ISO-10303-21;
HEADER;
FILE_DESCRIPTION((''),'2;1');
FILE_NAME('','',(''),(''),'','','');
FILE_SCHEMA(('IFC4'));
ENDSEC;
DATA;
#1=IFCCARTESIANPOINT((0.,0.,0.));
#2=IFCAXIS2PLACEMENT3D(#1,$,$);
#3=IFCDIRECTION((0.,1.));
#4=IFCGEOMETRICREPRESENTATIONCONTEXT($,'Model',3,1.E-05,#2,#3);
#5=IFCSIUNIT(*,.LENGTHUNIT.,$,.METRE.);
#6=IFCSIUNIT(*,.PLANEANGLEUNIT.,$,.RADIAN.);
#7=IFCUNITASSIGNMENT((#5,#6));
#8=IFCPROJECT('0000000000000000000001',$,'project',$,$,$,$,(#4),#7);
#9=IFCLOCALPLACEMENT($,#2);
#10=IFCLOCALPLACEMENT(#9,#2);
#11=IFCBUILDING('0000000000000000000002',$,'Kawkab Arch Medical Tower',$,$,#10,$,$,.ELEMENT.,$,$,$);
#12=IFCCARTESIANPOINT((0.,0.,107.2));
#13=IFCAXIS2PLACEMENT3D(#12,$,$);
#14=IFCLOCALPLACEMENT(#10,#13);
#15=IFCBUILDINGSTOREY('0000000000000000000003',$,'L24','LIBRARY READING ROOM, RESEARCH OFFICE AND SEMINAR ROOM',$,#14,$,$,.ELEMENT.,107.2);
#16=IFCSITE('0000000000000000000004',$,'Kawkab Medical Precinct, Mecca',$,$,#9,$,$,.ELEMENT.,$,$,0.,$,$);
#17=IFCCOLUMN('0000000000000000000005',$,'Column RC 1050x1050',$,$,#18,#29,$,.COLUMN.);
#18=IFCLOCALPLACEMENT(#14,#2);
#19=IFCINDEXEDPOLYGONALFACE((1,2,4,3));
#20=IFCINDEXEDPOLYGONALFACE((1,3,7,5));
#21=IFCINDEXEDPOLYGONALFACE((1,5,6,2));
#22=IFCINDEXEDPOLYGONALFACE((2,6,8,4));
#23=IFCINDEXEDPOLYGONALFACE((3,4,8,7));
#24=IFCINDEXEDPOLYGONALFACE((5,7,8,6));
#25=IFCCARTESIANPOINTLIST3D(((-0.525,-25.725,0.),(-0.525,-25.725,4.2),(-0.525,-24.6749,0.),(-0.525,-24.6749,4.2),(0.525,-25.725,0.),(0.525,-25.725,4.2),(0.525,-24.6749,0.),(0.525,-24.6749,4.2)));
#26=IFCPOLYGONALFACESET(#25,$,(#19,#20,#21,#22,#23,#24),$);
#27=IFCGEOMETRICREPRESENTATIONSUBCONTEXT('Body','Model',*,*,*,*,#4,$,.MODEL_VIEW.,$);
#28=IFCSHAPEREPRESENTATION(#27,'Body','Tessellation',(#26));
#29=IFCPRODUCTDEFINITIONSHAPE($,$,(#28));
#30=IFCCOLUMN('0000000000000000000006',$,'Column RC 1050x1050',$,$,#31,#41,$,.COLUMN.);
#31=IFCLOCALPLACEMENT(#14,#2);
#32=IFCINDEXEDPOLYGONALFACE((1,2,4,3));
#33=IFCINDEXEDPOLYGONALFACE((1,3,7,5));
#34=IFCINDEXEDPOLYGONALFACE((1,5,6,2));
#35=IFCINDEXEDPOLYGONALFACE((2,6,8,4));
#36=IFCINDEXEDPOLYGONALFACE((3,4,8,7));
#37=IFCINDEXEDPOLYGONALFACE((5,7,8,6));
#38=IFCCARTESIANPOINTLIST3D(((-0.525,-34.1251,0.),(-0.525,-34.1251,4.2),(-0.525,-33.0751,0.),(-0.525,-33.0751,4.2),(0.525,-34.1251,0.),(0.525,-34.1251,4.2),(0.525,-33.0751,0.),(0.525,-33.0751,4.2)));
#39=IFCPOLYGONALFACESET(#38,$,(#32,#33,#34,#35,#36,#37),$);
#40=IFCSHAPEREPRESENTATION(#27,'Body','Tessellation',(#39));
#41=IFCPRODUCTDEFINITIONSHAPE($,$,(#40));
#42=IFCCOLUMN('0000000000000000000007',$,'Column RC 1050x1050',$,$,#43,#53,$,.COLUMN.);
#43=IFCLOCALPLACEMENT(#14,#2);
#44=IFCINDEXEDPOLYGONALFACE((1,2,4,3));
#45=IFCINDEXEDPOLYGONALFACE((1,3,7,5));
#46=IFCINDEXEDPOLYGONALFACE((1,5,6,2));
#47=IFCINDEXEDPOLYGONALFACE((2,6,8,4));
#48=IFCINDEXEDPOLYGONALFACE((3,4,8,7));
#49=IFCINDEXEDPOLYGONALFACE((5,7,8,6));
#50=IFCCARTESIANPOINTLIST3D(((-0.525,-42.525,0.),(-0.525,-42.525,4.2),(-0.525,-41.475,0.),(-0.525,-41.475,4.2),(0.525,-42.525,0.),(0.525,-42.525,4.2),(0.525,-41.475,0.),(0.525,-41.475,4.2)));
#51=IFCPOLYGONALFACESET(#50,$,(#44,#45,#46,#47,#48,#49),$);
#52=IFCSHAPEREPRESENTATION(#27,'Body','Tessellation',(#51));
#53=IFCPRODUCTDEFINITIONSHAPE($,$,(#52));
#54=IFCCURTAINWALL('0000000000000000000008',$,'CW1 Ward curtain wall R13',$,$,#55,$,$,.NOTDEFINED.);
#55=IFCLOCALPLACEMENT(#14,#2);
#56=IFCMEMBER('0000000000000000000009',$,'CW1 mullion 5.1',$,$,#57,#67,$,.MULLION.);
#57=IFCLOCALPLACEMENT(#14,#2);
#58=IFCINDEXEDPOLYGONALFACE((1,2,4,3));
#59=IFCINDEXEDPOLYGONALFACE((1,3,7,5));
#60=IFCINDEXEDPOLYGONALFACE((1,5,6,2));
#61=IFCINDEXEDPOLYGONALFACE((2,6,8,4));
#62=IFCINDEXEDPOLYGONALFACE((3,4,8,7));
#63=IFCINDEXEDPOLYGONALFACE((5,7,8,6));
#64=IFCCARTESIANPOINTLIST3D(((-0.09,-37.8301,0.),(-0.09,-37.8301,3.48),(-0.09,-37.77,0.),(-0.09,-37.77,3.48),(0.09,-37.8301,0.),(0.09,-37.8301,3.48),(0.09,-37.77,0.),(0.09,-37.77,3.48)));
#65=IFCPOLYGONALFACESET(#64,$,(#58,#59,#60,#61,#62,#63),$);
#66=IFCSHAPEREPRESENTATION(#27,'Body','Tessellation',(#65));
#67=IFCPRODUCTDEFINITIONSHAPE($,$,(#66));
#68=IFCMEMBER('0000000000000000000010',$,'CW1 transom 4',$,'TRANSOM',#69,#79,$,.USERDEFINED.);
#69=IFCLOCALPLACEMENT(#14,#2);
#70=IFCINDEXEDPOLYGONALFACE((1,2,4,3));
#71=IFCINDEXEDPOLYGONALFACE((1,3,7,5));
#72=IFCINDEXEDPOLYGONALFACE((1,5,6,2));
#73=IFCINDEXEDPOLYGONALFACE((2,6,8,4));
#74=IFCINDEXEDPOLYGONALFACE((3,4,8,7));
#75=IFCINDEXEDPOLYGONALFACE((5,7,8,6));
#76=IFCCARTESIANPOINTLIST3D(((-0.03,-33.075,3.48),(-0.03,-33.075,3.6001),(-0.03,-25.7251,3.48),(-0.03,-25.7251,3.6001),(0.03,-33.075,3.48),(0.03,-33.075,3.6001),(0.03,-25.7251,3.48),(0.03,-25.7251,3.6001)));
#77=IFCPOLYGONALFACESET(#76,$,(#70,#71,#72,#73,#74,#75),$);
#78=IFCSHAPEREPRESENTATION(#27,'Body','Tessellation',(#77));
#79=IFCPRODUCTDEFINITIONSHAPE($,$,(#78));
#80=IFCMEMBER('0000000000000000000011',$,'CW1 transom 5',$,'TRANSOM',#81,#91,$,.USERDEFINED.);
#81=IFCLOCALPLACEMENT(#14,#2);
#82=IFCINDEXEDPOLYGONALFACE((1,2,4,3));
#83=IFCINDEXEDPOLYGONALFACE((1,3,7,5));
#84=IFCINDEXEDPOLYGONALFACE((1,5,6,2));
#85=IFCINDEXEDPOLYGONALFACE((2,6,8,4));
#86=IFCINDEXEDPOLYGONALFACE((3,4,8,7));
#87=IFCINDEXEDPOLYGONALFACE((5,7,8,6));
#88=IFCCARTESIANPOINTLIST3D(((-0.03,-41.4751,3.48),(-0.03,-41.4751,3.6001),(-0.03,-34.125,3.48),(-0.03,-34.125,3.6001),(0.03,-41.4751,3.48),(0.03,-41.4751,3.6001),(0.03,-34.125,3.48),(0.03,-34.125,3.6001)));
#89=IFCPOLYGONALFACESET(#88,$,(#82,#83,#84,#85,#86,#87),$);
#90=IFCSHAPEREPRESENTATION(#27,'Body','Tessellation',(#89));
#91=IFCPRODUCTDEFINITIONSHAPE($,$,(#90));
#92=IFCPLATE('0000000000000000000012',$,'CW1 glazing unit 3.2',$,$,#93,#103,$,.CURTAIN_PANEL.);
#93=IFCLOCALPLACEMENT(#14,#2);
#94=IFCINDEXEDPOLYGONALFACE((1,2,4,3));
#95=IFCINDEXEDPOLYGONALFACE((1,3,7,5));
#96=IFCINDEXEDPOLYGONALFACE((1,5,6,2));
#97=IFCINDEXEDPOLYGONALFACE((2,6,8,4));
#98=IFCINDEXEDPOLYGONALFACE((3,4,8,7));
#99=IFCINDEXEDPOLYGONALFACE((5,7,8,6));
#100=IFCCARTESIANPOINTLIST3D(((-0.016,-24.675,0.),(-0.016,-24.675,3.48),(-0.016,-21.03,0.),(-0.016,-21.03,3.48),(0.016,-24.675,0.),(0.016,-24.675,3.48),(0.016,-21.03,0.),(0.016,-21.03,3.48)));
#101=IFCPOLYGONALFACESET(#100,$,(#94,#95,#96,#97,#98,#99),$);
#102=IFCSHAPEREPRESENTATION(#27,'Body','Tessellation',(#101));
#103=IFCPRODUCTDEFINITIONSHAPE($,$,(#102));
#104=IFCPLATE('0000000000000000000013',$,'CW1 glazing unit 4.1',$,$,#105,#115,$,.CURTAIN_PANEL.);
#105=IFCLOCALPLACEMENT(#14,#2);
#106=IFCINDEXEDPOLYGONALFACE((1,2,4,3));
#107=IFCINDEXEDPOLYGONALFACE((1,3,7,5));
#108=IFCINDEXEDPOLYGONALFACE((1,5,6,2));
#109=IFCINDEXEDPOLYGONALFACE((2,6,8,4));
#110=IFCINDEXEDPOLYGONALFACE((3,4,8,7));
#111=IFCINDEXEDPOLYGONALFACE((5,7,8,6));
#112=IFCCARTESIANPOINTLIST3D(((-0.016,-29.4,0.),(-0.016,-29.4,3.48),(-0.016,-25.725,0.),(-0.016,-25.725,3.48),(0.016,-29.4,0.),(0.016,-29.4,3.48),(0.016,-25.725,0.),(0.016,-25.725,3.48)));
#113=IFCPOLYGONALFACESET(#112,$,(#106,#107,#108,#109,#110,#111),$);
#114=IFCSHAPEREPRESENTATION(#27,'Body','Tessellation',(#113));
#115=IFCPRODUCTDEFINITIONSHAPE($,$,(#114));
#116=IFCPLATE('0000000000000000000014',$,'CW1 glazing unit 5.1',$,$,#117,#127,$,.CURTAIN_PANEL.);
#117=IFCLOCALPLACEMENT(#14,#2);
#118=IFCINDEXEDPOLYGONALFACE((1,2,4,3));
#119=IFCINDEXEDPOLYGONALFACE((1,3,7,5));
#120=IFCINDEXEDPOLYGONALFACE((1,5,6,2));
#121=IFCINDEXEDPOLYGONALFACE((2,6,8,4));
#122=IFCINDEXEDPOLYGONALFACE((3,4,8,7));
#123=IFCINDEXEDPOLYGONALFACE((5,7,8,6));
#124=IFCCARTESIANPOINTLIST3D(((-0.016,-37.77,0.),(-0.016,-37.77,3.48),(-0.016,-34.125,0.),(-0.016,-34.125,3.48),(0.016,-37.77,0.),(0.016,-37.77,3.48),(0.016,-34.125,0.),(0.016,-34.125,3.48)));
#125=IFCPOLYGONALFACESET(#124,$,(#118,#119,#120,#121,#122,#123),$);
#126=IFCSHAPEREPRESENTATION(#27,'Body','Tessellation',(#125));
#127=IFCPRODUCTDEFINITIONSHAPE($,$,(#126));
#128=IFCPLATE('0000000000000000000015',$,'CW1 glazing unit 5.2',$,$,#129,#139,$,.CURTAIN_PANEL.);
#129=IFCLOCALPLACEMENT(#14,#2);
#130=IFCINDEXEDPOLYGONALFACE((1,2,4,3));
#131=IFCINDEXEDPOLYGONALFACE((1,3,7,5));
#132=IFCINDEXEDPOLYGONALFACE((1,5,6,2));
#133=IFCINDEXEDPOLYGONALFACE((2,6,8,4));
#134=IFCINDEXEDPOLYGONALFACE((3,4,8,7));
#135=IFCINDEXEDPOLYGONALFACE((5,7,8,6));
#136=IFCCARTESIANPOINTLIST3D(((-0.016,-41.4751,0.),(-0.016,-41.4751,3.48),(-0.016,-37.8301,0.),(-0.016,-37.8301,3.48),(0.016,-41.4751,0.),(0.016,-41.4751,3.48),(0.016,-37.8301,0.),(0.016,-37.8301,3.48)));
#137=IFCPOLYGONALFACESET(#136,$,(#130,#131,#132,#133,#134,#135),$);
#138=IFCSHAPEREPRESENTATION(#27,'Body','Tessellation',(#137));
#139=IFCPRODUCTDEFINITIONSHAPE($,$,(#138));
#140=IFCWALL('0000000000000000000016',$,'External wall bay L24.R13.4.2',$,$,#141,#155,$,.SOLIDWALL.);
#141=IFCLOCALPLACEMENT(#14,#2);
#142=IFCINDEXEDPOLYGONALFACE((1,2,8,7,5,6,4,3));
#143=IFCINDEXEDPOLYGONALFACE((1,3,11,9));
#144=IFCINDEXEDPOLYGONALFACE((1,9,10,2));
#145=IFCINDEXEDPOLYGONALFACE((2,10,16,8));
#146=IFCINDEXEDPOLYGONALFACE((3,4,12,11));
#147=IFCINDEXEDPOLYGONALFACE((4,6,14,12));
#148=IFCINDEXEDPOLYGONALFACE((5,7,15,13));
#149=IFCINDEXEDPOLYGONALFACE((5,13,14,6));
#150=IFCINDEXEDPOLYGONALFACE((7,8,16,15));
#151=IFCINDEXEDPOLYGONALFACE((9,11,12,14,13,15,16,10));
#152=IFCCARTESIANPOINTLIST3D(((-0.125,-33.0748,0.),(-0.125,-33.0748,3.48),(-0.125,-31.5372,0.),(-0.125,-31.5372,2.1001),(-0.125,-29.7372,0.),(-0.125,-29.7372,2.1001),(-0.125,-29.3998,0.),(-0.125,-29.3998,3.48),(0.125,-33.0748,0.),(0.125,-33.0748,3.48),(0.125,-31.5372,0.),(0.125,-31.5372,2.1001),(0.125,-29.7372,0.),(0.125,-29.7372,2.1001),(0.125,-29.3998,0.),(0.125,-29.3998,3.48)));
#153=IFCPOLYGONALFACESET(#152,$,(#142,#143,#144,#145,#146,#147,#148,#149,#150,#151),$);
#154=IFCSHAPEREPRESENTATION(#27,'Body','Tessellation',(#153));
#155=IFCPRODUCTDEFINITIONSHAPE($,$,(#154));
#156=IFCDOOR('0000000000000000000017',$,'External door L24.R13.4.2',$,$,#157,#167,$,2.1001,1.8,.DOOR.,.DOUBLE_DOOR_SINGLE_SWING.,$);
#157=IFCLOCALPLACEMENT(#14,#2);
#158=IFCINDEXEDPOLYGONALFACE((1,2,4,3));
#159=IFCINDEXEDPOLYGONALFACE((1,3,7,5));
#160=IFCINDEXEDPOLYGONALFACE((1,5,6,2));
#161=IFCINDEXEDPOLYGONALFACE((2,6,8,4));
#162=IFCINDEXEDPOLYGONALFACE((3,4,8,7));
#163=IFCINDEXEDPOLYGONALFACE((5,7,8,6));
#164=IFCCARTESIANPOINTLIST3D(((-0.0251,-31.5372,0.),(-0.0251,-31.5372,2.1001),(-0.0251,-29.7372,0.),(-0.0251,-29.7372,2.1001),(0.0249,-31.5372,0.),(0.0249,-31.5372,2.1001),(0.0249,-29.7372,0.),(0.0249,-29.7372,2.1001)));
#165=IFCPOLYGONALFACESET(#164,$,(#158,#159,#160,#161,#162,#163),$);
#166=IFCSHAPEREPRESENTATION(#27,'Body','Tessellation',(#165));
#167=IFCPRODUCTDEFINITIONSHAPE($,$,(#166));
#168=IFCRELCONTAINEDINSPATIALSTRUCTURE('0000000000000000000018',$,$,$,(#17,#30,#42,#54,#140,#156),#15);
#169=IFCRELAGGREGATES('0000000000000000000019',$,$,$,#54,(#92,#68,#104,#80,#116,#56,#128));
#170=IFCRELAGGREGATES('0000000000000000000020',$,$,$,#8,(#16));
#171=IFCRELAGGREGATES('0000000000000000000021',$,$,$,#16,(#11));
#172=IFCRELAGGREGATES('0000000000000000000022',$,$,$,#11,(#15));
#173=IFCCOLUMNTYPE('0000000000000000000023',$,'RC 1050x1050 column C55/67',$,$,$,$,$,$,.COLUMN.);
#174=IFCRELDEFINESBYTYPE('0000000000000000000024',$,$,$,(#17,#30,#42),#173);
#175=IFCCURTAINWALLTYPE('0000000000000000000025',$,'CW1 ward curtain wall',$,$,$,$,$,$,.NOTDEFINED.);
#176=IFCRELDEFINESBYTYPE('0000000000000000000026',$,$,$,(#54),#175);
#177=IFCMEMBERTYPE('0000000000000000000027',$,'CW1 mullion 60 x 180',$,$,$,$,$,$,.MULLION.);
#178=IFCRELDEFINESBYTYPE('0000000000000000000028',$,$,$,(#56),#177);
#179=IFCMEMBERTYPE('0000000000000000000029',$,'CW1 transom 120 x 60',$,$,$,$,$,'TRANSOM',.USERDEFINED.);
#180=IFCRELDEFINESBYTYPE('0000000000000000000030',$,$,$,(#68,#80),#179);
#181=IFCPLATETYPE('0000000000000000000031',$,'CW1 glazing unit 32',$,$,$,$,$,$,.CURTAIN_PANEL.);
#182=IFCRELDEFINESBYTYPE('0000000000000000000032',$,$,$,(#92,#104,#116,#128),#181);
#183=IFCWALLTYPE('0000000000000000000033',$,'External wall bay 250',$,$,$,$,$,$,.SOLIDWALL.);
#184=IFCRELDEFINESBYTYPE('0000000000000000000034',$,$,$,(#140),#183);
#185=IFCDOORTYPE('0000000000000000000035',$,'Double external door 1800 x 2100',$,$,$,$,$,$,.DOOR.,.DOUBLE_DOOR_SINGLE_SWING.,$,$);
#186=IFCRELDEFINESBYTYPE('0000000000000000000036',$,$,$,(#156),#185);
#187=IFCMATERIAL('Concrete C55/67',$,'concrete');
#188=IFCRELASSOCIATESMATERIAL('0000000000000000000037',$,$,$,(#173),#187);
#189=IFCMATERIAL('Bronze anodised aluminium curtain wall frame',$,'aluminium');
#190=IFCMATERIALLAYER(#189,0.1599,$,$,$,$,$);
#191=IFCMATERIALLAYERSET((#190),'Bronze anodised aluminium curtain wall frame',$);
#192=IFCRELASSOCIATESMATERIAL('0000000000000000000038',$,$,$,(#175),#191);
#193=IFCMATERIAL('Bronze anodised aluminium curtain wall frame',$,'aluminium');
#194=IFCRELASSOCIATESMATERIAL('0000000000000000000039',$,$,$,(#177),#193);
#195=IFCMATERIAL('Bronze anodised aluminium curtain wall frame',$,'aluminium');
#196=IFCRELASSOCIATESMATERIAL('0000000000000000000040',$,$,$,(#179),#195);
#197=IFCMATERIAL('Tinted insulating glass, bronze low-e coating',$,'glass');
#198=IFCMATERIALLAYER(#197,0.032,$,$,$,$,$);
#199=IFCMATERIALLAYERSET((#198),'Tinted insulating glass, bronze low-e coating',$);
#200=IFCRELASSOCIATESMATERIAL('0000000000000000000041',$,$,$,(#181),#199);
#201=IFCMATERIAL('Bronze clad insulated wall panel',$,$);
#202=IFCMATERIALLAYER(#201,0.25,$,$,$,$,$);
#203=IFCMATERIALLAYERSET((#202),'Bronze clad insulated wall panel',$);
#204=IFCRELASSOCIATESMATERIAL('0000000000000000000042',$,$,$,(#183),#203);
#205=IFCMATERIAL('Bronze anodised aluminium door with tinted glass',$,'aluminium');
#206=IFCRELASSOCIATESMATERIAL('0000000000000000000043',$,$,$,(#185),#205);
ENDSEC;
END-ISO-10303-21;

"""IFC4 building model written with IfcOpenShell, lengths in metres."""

from ifc_helpers import new_model, si_unit, direction, frame, frame_2d, origin, origin_2d, place, context, subcontext, project, spatial, rectangle, extrude, material, layer, layer_set, material_profile, profile_set, type_object, element, fill, aggregate, save


model = new_model("IFC4")

# Units and contexts
model_context = context("Model", 3, precision=1e-05, world=origin(), true_north=direction((0.0, 1.0)))
body_context = subcontext(model_context, "Body", "Model", "MODEL_VIEW")
ifc_project = project(units=[si_unit("LENGTHUNIT", "METRE"), si_unit("PLANEANGLEUNIT", "RADIAN")], contexts=[model_context])

# Site, building, storey
site_placement = place(None, origin())
site = spatial("IfcSite", under=ifc_project, at=site_placement, Name="Kawkab Medical Precinct, Mecca", CompositionType="ELEMENT", RefElevation=0.0)
building_placement = place(site_placement, origin())
building = spatial("IfcBuilding", under=site, at=building_placement, Name="Kawkab Arch Medical Tower", CompositionType="ELEMENT")
storey_placement = place(building_placement, frame((0.0, 0.0, 107.2)))
storey = spatial("IfcBuildingStorey", under=building, at=storey_placement, Name="L24", Description="LIBRARY READING ROOM, RESEARCH OFFICE AND SEMINAR ROOM", CompositionType="ELEMENT", Elevation=107.2)

# Columns
ifc_material_1 = material(Name="Concrete C55/67", Category="concrete")
ifc_material_profile_1 = material_profile(ifc_material_1, rectangle(XDim=1.05, YDim=1.05, at=origin_2d()), Name="RC 1050x1050")
ifc_profile_set_1 = profile_set([ifc_material_profile_1], Name="Concrete C55/67")
column_type = type_object("IfcColumnType", Name="RC 1050x1050 column C55/67", PredefinedType="COLUMN", material=ifc_profile_set_1)
for number, where, z_axis, x_axis, name in (
    (1, (0.0, -25.2, 0.0), (0.0, 0.0, 1.0), (1.0, 0.0, 0.0), "Column RC 1050x1050"),
    (2, (0.0, -33.6001, 0.0), (0.0, 0.0, 1.0), (1.0, 0.0, 0.0), "Column RC 1050x1050"),
    (3, (0.0, -42.0, 0.0), (0.0, 0.0, 1.0), (1.0, 0.0, 0.0), "Column RC 1050x1050"),
):
    element("IfcColumn", number, at=place(storey_placement, frame(where, z_axis=z_axis, x_axis=x_axis)), inside=storey, type_object=column_type, Name=name, PredefinedType="COLUMN", context=body_context, shape_type="SweptSolid", body=[
        extrude(rectangle(XDim=1.05, YDim=1.05, at=origin_2d()), origin(), (0.0, 0.0, 1.0), 4.2),
    ])

# Curtain wall, members, plates
ifc_material_2 = material(Name="Bronze anodised aluminium curtain wall frame", Category="aluminium")
ifc_layer_1 = layer(ifc_material_2, 0.1599)
ifc_layer_set_1 = layer_set([ifc_layer_1], Name="Bronze anodised aluminium curtain wall frame")
curtain_wall_type = type_object("IfcCurtainWallType", Name="CW1 ward curtain wall", PredefinedType="NOTDEFINED", material=ifc_layer_set_1)
placement = place(storey_placement, origin())
curtain_wall = element("IfcCurtainWall", 4, at=placement, inside=storey, type_object=curtain_wall_type, Name="CW1 Ward curtain wall R13", PredefinedType="NOTDEFINED")
ifc_material_3 = material(Name="Bronze anodised aluminium curtain wall frame", Category="aluminium")
ifc_material_profile_2 = material_profile(ifc_material_3, rectangle(XDim=0.1799, YDim=0.0601, at=origin_2d()), Name="AL 60x180")
ifc_profile_set_2 = profile_set([ifc_material_profile_2], Name="Bronze anodised aluminium curtain wall frame")
member_type_1 = type_object("IfcMemberType", Name="CW1 mullion 60 x 180", PredefinedType="MULLION", material=ifc_profile_set_2)
member_1_placement = place(storey_placement, frame((0.0, -37.8, 0.0), z_axis=(0.0, 0.0, 1.0), x_axis=(1.0, 0.0, 0.0)))
member_1 = element("IfcMember", 5, at=member_1_placement, type_object=member_type_1, Name="CW1 mullion 5.1", PredefinedType="MULLION", context=body_context, shape_type="SweptSolid", body=[
    extrude(rectangle(XDim=0.1799, YDim=0.0601, at=origin_2d()), origin(), (0.0, 0.0, 1.0), 3.48),
])
ifc_material_4 = material(Name="Bronze anodised aluminium curtain wall frame", Category="aluminium")
ifc_material_profile_3 = material_profile(ifc_material_4, rectangle(XDim=0.0601, YDim=0.1201, at=origin_2d()), Name="AL 60x120")
ifc_profile_set_3 = profile_set([ifc_material_profile_3], Name="Bronze anodised aluminium curtain wall frame")
member_type_2 = type_object("IfcMemberType", Name="CW1 transom 120 x 60", ElementType="TRANSOM", PredefinedType="USERDEFINED", material=ifc_profile_set_3)
member_2_placement = place(storey_placement, frame((0.0, -25.7251, 3.54), z_axis=(0.0, -1.0, 0.0), x_axis=(1.0, 0.0, 0.0)))
member_2 = element("IfcMember", 6, at=member_2_placement, type_object=member_type_2, Name="CW1 transom 4", ObjectType="TRANSOM", PredefinedType="USERDEFINED", context=body_context, shape_type="SweptSolid", body=[
    extrude(rectangle(XDim=0.0601, YDim=0.1201, at=origin_2d()), origin(), (0.0, 0.0, 1.0), 7.3499),
])
member_3_placement = place(storey_placement, frame((0.0, -34.125, 3.54), z_axis=(0.0, -1.0, 0.0), x_axis=(1.0, 0.0, 0.0)))
member_3 = element("IfcMember", 7, at=member_3_placement, type_object=member_type_2, Name="CW1 transom 5", ObjectType="TRANSOM", PredefinedType="USERDEFINED", context=body_context, shape_type="SweptSolid", body=[
    extrude(rectangle(XDim=0.0601, YDim=0.1201, at=origin_2d()), origin(), (0.0, 0.0, 1.0), 7.3501),
])
ifc_material_5 = material(Name="Tinted insulating glass, bronze low-e coating", Category="glass")
ifc_layer_2 = layer(ifc_material_5, 0.032)
ifc_layer_set_2 = layer_set([ifc_layer_2], Name="Tinted insulating glass, bronze low-e coating")
plate_type = type_object("IfcPlateType", Name="CW1 glazing unit 32", PredefinedType="CURTAIN_PANEL", material=ifc_layer_set_2)
plate_1_placement = place(storey_placement, frame((0.0, -22.8525, 0.0), z_axis=(0.0, 0.0, 1.0), x_axis=(0.0, -1.0, 0.0)))
plate_1 = element("IfcPlate", 8, at=plate_1_placement, type_object=plate_type, Name="CW1 glazing unit 3.2", PredefinedType="CURTAIN_PANEL", context=body_context, shape_type="SweptSolid", body=[
    extrude(rectangle(XDim=3.645, YDim=0.032, at=origin_2d()), origin(), (0.0, 0.0, 1.0), 3.48),
])
plate_2_placement = place(storey_placement, frame((0.0, -27.5625, 0.0), z_axis=(0.0, 0.0, 1.0), x_axis=(0.0, -1.0, 0.0)))
plate_2 = element("IfcPlate", 9, at=plate_2_placement, type_object=plate_type, Name="CW1 glazing unit 4.1", PredefinedType="CURTAIN_PANEL", context=body_context, shape_type="SweptSolid", body=[
    extrude(rectangle(XDim=3.675, YDim=0.032, at=origin_2d()), origin(), (0.0, 0.0, 1.0), 3.48),
])
plate_3_placement = place(storey_placement, frame((0.0, -35.9475, 0.0), z_axis=(0.0, 0.0, 1.0), x_axis=(0.0, -1.0, 0.0)))
plate_3 = element("IfcPlate", 10, at=plate_3_placement, type_object=plate_type, Name="CW1 glazing unit 5.1", PredefinedType="CURTAIN_PANEL", context=body_context, shape_type="SweptSolid", body=[
    extrude(rectangle(XDim=3.645, YDim=0.032, at=origin_2d()), origin(), (0.0, 0.0, 1.0), 3.48),
])
plate_4_placement = place(storey_placement, frame((0.0, -39.6526, 0.0), z_axis=(0.0, 0.0, 1.0), x_axis=(0.0, -1.0, 0.0)))
plate_4 = element("IfcPlate", 11, at=plate_4_placement, type_object=plate_type, Name="CW1 glazing unit 5.2", PredefinedType="CURTAIN_PANEL", context=body_context, shape_type="SweptSolid", body=[
    extrude(rectangle(XDim=3.645, YDim=0.032, at=origin_2d()), origin(), (0.0, 0.0, 1.0), 3.48),
])
aggregate(curtain_wall, [plate_1, member_2, plate_2, member_3, plate_3, member_1, plate_4])

# Wall, opening, door
ifc_material_6 = material(Name="Bronze clad insulated wall panel")
ifc_layer_3 = layer(ifc_material_6, 0.25)
ifc_layer_set_3 = layer_set([ifc_layer_3], Name="Bronze clad insulated wall panel")
wall_type_1 = type_object("IfcWallType", Name="External wall bay 250", PredefinedType="SOLIDWALL", material=ifc_layer_set_3)
wall_1_placement = place(storey_placement, frame((0.0, -29.3999, 0.0), z_axis=(0.0, 0.0, 1.0), x_axis=(0.0, -1.0, 0.0)))
wall_1 = element("IfcWall", 12, at=wall_1_placement, inside=storey, type_object=wall_type_1, Name="External wall bay L24.R13.4.2", PredefinedType="SOLIDWALL", context=body_context, shape_type="SweptSolid", body=[
    extrude(rectangle(XDim=3.675, YDim=0.25, at=frame_2d((1.8374, 0.0))), origin(), (0.0, 0.0, 1.0), 3.48),
])
opening_1_placement = place(wall_1_placement, frame((0.3374, 0.0, 0.0)))
opening_1 = element("IfcOpeningElement", 13, at=opening_1_placement, cuts=wall_1, PredefinedType="OPENING", context=body_context, shape_type="SweptSolid", body=[
    extrude(rectangle(XDim=1.8, YDim=2.1001, at=frame_2d((0.8999, 1.05))), frame((0.0, 0.135, 0.0), z_axis=(0.0, -1.0, 0.0), x_axis=(1.0, 0.0, 0.0)), (0.0, 0.0, 1.0), 0.27),
])
ifc_material_7 = material(Name="Bronze anodised aluminium door with tinted glass", Category="aluminium")
door_type_1 = type_object("IfcDoorType", Name="Double external door 1800 x 2100", OperationType="DOUBLE_DOOR_SINGLE_SWING", PredefinedType="DOOR", material=ifc_material_7)
door_1_placement = place(opening_1_placement, origin())
door_1 = element("IfcDoor", 14, at=door_1_placement, inside=storey, type_object=door_type_1, Name="External door L24.R13.4.2", OperationType="DOUBLE_DOOR_SINGLE_SWING", OverallHeight=2.1001, OverallWidth=1.8, PredefinedType="DOOR", context=body_context, shape_type="SweptSolid", body=[
    extrude(rectangle(XDim=1.8, YDim=2.1001, at=frame_2d((0.8999, 1.05))), frame((0.0, 0.0249, 0.0), z_axis=(0.0, -1.0, 0.0), x_axis=(1.0, 0.0, 0.0)), (0.0, 0.0, 1.0), 0.05),
])
fill(opening_1, door_1)

save(model, "model.ifc")
